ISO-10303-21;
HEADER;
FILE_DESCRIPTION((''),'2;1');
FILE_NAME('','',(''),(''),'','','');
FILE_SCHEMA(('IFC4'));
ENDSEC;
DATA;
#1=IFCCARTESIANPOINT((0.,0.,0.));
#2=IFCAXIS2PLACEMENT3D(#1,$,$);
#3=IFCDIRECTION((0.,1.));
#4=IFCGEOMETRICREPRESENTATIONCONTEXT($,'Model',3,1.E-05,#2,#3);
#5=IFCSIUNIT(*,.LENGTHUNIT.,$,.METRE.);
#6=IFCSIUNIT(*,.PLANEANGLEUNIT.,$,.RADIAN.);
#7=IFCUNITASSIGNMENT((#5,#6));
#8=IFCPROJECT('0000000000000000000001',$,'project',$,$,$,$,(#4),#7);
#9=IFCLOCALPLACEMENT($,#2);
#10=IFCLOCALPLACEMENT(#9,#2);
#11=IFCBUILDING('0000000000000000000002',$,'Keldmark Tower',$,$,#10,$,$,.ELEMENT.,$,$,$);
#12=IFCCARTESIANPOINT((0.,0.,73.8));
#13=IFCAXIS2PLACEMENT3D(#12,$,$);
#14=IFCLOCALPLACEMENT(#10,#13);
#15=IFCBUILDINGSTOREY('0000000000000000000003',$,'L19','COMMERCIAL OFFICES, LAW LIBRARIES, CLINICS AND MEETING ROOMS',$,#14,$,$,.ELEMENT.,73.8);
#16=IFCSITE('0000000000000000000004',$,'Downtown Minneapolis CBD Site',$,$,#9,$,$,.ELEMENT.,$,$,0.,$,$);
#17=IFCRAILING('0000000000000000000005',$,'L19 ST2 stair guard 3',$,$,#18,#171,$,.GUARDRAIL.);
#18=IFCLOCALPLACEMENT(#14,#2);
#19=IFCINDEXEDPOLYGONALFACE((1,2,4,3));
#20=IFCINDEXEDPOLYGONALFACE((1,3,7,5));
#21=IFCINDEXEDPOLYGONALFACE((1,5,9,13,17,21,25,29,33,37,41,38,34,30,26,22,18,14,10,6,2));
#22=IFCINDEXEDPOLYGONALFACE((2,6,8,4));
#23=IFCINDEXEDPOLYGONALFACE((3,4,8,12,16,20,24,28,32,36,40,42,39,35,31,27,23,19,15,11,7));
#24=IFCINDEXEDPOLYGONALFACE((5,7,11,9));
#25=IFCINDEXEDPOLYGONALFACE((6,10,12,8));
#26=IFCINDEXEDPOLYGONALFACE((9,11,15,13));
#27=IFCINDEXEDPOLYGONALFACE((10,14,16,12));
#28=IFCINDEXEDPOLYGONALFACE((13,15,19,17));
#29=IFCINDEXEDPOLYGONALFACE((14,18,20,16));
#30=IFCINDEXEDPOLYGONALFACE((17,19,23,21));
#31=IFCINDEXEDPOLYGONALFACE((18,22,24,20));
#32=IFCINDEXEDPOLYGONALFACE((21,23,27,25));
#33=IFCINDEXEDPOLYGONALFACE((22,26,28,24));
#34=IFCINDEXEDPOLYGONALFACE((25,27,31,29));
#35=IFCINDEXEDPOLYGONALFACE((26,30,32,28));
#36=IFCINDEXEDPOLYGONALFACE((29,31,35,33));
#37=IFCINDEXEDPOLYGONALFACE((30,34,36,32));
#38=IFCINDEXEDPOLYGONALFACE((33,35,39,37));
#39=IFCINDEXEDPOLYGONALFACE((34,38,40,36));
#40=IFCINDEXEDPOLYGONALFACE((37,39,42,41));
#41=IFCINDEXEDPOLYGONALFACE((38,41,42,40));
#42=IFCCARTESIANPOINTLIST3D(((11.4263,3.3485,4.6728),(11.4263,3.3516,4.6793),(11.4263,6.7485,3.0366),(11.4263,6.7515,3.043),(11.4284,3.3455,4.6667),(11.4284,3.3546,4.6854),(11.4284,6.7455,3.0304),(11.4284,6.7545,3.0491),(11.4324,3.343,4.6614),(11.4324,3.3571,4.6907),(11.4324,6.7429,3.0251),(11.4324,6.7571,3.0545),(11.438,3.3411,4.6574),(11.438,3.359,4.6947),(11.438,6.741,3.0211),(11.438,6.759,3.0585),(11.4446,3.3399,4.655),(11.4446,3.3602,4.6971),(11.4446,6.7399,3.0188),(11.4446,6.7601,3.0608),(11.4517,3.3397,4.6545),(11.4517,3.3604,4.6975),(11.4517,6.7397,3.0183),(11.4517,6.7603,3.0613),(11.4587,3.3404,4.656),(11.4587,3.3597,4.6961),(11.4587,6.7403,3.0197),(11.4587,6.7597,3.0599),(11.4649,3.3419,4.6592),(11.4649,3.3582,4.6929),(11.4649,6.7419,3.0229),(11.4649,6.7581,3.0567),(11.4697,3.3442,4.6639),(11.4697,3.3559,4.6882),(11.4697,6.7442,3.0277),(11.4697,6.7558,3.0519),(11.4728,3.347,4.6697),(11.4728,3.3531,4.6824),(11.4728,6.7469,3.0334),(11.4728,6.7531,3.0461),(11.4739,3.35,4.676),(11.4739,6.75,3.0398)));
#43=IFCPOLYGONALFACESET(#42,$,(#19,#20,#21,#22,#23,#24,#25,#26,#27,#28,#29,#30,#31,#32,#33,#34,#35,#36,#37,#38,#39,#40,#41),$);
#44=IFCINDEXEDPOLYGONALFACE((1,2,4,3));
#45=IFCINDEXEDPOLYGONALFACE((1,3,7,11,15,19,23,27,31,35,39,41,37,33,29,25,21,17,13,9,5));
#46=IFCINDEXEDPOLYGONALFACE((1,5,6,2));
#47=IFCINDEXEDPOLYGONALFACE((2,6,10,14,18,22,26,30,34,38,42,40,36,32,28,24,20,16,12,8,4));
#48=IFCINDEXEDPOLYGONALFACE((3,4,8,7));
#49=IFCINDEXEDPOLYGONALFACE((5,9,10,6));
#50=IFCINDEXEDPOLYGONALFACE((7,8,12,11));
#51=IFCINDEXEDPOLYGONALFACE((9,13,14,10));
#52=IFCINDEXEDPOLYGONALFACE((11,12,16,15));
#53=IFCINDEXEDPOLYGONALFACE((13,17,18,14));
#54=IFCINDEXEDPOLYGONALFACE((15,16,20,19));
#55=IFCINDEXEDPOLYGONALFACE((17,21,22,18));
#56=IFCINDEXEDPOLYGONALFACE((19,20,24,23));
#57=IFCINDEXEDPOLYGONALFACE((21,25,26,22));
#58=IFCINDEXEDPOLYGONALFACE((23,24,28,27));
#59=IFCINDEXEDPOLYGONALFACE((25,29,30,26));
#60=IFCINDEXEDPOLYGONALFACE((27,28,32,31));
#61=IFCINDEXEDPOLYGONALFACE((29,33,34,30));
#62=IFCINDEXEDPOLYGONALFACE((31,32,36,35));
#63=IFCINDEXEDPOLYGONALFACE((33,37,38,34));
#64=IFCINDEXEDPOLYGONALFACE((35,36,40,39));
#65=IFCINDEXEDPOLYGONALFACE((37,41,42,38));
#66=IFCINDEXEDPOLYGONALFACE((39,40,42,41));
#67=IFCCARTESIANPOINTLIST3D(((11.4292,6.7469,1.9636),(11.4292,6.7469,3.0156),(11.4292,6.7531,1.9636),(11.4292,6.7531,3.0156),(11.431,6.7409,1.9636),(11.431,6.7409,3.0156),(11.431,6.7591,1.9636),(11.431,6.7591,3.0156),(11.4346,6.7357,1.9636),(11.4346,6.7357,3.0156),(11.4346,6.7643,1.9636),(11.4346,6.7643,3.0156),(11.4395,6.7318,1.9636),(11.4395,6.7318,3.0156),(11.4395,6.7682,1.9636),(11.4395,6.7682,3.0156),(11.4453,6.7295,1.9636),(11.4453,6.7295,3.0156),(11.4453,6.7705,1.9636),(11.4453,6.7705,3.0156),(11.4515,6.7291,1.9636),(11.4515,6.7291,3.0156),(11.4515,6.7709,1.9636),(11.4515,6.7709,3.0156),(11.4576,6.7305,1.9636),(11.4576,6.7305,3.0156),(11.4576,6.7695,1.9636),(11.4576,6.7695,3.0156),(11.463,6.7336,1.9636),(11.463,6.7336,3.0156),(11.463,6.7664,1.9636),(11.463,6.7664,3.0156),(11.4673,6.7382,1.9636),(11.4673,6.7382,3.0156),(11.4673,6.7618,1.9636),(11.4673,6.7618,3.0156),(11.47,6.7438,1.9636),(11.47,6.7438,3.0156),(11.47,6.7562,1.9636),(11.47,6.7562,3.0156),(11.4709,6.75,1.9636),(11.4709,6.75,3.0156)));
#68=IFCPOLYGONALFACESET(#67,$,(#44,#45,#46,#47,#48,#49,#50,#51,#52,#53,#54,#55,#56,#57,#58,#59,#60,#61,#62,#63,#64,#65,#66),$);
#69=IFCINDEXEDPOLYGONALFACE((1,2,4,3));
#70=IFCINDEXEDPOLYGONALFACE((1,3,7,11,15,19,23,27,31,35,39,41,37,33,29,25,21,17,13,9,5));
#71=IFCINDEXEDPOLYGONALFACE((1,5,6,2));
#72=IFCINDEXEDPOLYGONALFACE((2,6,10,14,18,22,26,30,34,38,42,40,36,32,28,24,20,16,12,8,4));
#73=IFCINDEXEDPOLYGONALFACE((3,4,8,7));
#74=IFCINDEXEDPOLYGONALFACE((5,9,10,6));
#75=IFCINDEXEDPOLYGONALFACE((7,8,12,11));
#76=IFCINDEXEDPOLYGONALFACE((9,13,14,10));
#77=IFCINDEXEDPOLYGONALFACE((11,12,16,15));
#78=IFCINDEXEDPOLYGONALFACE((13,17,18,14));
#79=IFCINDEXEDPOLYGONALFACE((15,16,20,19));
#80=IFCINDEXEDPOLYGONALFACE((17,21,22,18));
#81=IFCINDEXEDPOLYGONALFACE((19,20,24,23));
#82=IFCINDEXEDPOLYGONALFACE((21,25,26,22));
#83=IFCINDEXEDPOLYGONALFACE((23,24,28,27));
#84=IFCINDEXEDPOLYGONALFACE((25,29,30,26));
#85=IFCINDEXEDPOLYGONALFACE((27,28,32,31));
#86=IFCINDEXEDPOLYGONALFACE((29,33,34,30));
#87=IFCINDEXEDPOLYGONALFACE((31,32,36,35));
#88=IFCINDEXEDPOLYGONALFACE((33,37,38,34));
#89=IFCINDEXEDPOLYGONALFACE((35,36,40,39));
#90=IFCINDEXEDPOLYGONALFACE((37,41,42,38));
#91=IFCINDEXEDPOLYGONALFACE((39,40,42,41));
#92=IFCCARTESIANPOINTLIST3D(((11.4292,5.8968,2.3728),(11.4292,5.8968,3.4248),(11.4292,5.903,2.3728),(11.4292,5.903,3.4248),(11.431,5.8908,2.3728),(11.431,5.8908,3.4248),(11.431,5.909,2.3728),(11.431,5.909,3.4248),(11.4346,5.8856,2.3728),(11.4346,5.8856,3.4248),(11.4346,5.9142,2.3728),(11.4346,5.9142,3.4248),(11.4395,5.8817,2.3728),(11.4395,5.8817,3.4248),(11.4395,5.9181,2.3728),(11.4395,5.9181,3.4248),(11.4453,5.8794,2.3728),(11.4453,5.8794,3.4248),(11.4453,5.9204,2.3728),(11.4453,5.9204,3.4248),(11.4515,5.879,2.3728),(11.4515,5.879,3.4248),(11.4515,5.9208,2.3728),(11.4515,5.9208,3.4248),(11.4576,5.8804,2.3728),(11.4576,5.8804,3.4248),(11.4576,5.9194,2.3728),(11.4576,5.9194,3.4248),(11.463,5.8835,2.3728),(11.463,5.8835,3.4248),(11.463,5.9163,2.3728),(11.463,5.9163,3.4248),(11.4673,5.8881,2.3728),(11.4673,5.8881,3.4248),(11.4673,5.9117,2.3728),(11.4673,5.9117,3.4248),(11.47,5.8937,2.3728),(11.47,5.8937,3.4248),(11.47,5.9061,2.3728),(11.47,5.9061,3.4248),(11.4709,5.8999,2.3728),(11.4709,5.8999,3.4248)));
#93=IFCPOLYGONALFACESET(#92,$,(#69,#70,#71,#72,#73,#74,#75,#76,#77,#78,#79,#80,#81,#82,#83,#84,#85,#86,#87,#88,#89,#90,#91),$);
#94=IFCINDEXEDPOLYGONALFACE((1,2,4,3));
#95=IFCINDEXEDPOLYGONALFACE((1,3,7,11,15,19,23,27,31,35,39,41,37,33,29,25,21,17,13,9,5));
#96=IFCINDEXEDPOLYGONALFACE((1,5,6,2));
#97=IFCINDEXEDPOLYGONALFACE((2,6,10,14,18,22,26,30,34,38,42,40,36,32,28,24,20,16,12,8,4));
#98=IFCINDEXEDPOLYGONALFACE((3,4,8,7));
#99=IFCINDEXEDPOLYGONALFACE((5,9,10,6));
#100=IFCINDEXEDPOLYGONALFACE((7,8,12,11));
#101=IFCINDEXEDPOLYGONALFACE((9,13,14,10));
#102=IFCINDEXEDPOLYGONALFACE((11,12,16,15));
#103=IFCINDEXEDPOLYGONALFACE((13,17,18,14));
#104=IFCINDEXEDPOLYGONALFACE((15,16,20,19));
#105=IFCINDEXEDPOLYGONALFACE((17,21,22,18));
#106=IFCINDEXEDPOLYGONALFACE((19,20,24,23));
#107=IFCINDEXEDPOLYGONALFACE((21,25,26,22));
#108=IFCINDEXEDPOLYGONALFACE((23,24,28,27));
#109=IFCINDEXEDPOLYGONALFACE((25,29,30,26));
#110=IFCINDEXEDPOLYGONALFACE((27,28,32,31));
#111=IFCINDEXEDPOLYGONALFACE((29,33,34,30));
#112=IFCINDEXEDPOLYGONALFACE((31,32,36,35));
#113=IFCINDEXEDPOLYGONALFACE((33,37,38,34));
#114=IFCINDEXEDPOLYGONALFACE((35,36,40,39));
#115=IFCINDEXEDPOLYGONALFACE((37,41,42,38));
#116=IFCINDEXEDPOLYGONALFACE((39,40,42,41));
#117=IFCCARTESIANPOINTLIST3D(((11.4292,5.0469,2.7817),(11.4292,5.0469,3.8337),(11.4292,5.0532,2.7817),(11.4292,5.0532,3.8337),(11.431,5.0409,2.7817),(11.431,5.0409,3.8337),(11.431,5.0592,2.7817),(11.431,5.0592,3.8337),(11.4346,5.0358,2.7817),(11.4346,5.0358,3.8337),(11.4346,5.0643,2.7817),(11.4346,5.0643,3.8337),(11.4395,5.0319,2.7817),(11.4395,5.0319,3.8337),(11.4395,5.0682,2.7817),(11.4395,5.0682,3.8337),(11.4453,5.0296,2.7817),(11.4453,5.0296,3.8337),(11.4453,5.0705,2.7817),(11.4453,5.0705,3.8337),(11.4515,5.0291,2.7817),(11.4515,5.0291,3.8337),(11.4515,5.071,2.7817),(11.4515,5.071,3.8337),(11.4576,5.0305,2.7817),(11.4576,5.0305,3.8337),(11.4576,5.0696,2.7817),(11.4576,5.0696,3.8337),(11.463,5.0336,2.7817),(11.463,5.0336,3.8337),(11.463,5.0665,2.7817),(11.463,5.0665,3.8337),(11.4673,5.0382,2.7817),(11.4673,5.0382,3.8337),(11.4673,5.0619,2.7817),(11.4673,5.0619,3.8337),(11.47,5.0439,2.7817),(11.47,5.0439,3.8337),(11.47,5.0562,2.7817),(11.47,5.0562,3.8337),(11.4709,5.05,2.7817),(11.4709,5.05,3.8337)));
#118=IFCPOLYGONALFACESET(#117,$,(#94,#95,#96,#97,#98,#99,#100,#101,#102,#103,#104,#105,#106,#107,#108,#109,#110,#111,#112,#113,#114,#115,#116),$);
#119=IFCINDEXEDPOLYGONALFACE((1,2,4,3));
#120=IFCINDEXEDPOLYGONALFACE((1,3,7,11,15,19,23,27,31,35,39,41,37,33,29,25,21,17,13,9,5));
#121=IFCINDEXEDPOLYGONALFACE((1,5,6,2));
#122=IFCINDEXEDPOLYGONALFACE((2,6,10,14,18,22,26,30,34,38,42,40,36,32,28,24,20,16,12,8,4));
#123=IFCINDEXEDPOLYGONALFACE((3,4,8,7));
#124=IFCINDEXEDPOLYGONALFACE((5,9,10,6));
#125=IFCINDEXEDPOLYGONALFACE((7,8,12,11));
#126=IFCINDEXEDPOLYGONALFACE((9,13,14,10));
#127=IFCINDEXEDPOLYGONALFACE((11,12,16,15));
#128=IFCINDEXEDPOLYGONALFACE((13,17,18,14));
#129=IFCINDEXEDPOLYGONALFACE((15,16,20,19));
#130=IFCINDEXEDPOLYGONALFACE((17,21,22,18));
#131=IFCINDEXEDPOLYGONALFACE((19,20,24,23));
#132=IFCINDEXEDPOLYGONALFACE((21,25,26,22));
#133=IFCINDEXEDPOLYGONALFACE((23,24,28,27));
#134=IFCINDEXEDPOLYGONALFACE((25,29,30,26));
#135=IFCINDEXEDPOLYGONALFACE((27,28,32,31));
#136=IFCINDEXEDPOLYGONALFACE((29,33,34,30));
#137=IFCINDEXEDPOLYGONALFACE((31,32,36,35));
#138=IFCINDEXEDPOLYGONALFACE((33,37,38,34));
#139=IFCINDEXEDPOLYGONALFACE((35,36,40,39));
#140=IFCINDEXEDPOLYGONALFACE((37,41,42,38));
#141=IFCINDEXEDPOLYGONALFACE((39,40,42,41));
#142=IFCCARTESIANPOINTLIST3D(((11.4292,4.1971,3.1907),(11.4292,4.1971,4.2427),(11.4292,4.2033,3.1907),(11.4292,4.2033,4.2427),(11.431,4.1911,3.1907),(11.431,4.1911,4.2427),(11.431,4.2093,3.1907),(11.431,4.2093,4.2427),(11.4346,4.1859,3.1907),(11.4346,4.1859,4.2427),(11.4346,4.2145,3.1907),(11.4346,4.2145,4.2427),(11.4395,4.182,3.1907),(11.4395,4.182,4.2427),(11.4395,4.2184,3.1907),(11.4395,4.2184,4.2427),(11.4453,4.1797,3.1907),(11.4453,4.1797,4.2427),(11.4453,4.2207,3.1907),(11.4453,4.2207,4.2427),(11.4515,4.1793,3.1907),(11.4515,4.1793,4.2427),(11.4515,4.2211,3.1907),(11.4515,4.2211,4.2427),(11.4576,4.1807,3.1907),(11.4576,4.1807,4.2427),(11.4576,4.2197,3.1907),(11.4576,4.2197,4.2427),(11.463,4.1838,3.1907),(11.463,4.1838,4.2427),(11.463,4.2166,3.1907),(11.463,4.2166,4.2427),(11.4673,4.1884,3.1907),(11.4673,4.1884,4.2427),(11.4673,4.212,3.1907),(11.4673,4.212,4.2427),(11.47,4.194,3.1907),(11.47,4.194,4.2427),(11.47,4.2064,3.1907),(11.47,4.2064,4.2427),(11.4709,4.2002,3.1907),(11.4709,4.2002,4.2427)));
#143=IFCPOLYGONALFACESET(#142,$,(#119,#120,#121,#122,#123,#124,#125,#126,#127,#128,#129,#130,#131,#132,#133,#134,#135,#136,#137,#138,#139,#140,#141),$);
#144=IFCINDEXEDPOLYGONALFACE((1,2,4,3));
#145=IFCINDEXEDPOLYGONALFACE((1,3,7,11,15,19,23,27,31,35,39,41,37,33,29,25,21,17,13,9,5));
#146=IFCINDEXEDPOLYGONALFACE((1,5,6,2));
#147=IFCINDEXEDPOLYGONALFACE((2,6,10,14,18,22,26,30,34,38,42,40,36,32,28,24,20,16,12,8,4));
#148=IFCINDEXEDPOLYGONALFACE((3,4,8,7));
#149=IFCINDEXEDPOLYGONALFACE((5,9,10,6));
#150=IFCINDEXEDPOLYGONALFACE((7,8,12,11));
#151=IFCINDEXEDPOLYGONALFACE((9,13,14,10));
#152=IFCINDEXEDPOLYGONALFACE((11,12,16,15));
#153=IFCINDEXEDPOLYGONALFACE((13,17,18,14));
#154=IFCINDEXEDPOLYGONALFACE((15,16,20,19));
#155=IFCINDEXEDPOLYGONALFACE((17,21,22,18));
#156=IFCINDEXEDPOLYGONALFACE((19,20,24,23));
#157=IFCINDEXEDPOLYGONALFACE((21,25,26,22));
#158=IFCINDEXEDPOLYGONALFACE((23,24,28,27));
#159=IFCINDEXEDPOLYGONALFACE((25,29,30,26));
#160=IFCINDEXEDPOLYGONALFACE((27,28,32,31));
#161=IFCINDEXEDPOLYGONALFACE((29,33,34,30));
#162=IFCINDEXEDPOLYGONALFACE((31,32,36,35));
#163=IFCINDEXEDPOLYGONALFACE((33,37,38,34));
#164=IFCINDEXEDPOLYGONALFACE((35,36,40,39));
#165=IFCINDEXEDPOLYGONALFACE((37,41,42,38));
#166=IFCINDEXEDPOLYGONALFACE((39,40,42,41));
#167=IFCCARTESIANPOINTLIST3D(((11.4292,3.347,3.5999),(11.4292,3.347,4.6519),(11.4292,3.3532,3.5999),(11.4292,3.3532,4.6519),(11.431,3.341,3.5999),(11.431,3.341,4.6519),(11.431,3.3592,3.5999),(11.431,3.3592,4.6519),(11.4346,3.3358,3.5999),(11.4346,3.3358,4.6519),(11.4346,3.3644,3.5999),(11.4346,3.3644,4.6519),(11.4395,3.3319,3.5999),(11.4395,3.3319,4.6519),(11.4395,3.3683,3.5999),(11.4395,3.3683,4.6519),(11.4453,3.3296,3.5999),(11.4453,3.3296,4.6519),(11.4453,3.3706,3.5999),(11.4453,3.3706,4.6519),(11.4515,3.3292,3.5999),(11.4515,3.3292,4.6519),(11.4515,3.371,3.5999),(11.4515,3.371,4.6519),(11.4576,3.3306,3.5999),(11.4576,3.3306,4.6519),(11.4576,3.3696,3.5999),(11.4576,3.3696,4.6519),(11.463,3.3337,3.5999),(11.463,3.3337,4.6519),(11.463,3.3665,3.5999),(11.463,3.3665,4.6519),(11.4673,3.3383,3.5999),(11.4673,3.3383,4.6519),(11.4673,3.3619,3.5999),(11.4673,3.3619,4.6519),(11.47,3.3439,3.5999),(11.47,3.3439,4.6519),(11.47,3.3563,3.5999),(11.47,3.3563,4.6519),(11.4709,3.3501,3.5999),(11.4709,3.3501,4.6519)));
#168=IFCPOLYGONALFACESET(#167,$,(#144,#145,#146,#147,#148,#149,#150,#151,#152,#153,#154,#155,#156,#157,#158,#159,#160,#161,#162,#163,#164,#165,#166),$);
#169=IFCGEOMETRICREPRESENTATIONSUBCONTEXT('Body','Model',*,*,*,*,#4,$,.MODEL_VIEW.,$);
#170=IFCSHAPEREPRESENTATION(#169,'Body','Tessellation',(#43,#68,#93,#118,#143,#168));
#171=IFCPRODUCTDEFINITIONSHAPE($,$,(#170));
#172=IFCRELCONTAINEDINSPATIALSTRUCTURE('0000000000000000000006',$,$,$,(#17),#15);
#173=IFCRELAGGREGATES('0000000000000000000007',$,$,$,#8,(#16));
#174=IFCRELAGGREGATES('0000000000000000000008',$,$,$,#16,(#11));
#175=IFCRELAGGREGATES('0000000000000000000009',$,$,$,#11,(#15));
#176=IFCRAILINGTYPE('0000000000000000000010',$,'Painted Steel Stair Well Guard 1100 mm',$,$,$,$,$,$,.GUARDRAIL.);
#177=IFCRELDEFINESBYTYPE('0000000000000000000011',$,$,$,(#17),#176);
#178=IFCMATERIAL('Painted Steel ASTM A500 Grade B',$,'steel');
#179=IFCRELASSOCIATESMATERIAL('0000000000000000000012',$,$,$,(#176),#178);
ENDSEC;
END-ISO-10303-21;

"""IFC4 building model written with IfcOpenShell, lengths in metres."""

from ifc_helpers import new_model, si_unit, direction, frame, origin, origin_2d, place, context, subcontext, project, spatial, circle, extrude, material, type_object, element, save


model = new_model("IFC4")

# Units and contexts
model_context = context("Model", 3, precision=1e-05, world=origin(), true_north=direction((0.0, 1.0)))
body_context = subcontext(model_context, "Body", "Model", "MODEL_VIEW")
ifc_project = project(units=[si_unit("LENGTHUNIT", "METRE"), si_unit("PLANEANGLEUNIT", "RADIAN")], contexts=[model_context])

# Site, building, storey
site_placement = place(None, origin())
site = spatial("IfcSite", under=ifc_project, at=site_placement, Name="Downtown Minneapolis CBD Site", CompositionType="ELEMENT", RefElevation=0.0)
building_placement = place(site_placement, origin())
building = spatial("IfcBuilding", under=site, at=building_placement, Name="Keldmark Tower", CompositionType="ELEMENT")
storey_placement = place(building_placement, frame((0.0, 0.0, 73.8)))
storey = spatial("IfcBuildingStorey", under=building, at=storey_placement, Name="L19", Description="COMMERCIAL OFFICES, LAW LIBRARIES, CLINICS AND MEETING ROOMS", CompositionType="ELEMENT", Elevation=73.8)

# Railing
ifc_material_1 = material(Name="Painted Steel ASTM A500 Grade B", Category="steel")
railing_type_1 = type_object("IfcRailingType", Name="Painted Steel Stair Well Guard 1100 mm", PredefinedType="GUARDRAIL", material=ifc_material_1)
railing_1_placement = place(storey_placement, frame((11.45, 6.75, 1.9636)))
element("IfcRailing", 1, at=railing_1_placement, inside=storey, type_object=railing_type_1, Name="L19 ST2 stair guard 3", PredefinedType="GUARDRAIL", context=body_context, shape_type="SweptSolid", body=[
    extrude(circle(Radius=0.0239, at=origin_2d()), frame((0.0, 0.0, 1.0762), z_axis=(0.0, -0.90108, 0.433652), x_axis=(1.0, 0.0, 0.0)), (0.0, 0.0, 1.0), 3.7732),
    extrude(circle(Radius=0.021, at=origin_2d()), origin(), (0.0, 0.0, 1.0), 1.052),
    extrude(circle(Radius=0.021, at=origin_2d()), frame((0.0, -0.8501, 0.4092)), (0.0, 0.0, 1.0), 1.052),
    extrude(circle(Radius=0.021, at=origin_2d()), frame((0.0, -1.7, 0.8181)), (0.0, 0.0, 1.0), 1.052),
    extrude(circle(Radius=0.021, at=origin_2d()), frame((0.0, -2.5498, 1.2271)), (0.0, 0.0, 1.0), 1.052),
    extrude(circle(Radius=0.021, at=origin_2d()), frame((0.0, -3.3999, 1.6362)), (0.0, 0.0, 1.0), 1.052),
])

save(model, "model.ifc")
